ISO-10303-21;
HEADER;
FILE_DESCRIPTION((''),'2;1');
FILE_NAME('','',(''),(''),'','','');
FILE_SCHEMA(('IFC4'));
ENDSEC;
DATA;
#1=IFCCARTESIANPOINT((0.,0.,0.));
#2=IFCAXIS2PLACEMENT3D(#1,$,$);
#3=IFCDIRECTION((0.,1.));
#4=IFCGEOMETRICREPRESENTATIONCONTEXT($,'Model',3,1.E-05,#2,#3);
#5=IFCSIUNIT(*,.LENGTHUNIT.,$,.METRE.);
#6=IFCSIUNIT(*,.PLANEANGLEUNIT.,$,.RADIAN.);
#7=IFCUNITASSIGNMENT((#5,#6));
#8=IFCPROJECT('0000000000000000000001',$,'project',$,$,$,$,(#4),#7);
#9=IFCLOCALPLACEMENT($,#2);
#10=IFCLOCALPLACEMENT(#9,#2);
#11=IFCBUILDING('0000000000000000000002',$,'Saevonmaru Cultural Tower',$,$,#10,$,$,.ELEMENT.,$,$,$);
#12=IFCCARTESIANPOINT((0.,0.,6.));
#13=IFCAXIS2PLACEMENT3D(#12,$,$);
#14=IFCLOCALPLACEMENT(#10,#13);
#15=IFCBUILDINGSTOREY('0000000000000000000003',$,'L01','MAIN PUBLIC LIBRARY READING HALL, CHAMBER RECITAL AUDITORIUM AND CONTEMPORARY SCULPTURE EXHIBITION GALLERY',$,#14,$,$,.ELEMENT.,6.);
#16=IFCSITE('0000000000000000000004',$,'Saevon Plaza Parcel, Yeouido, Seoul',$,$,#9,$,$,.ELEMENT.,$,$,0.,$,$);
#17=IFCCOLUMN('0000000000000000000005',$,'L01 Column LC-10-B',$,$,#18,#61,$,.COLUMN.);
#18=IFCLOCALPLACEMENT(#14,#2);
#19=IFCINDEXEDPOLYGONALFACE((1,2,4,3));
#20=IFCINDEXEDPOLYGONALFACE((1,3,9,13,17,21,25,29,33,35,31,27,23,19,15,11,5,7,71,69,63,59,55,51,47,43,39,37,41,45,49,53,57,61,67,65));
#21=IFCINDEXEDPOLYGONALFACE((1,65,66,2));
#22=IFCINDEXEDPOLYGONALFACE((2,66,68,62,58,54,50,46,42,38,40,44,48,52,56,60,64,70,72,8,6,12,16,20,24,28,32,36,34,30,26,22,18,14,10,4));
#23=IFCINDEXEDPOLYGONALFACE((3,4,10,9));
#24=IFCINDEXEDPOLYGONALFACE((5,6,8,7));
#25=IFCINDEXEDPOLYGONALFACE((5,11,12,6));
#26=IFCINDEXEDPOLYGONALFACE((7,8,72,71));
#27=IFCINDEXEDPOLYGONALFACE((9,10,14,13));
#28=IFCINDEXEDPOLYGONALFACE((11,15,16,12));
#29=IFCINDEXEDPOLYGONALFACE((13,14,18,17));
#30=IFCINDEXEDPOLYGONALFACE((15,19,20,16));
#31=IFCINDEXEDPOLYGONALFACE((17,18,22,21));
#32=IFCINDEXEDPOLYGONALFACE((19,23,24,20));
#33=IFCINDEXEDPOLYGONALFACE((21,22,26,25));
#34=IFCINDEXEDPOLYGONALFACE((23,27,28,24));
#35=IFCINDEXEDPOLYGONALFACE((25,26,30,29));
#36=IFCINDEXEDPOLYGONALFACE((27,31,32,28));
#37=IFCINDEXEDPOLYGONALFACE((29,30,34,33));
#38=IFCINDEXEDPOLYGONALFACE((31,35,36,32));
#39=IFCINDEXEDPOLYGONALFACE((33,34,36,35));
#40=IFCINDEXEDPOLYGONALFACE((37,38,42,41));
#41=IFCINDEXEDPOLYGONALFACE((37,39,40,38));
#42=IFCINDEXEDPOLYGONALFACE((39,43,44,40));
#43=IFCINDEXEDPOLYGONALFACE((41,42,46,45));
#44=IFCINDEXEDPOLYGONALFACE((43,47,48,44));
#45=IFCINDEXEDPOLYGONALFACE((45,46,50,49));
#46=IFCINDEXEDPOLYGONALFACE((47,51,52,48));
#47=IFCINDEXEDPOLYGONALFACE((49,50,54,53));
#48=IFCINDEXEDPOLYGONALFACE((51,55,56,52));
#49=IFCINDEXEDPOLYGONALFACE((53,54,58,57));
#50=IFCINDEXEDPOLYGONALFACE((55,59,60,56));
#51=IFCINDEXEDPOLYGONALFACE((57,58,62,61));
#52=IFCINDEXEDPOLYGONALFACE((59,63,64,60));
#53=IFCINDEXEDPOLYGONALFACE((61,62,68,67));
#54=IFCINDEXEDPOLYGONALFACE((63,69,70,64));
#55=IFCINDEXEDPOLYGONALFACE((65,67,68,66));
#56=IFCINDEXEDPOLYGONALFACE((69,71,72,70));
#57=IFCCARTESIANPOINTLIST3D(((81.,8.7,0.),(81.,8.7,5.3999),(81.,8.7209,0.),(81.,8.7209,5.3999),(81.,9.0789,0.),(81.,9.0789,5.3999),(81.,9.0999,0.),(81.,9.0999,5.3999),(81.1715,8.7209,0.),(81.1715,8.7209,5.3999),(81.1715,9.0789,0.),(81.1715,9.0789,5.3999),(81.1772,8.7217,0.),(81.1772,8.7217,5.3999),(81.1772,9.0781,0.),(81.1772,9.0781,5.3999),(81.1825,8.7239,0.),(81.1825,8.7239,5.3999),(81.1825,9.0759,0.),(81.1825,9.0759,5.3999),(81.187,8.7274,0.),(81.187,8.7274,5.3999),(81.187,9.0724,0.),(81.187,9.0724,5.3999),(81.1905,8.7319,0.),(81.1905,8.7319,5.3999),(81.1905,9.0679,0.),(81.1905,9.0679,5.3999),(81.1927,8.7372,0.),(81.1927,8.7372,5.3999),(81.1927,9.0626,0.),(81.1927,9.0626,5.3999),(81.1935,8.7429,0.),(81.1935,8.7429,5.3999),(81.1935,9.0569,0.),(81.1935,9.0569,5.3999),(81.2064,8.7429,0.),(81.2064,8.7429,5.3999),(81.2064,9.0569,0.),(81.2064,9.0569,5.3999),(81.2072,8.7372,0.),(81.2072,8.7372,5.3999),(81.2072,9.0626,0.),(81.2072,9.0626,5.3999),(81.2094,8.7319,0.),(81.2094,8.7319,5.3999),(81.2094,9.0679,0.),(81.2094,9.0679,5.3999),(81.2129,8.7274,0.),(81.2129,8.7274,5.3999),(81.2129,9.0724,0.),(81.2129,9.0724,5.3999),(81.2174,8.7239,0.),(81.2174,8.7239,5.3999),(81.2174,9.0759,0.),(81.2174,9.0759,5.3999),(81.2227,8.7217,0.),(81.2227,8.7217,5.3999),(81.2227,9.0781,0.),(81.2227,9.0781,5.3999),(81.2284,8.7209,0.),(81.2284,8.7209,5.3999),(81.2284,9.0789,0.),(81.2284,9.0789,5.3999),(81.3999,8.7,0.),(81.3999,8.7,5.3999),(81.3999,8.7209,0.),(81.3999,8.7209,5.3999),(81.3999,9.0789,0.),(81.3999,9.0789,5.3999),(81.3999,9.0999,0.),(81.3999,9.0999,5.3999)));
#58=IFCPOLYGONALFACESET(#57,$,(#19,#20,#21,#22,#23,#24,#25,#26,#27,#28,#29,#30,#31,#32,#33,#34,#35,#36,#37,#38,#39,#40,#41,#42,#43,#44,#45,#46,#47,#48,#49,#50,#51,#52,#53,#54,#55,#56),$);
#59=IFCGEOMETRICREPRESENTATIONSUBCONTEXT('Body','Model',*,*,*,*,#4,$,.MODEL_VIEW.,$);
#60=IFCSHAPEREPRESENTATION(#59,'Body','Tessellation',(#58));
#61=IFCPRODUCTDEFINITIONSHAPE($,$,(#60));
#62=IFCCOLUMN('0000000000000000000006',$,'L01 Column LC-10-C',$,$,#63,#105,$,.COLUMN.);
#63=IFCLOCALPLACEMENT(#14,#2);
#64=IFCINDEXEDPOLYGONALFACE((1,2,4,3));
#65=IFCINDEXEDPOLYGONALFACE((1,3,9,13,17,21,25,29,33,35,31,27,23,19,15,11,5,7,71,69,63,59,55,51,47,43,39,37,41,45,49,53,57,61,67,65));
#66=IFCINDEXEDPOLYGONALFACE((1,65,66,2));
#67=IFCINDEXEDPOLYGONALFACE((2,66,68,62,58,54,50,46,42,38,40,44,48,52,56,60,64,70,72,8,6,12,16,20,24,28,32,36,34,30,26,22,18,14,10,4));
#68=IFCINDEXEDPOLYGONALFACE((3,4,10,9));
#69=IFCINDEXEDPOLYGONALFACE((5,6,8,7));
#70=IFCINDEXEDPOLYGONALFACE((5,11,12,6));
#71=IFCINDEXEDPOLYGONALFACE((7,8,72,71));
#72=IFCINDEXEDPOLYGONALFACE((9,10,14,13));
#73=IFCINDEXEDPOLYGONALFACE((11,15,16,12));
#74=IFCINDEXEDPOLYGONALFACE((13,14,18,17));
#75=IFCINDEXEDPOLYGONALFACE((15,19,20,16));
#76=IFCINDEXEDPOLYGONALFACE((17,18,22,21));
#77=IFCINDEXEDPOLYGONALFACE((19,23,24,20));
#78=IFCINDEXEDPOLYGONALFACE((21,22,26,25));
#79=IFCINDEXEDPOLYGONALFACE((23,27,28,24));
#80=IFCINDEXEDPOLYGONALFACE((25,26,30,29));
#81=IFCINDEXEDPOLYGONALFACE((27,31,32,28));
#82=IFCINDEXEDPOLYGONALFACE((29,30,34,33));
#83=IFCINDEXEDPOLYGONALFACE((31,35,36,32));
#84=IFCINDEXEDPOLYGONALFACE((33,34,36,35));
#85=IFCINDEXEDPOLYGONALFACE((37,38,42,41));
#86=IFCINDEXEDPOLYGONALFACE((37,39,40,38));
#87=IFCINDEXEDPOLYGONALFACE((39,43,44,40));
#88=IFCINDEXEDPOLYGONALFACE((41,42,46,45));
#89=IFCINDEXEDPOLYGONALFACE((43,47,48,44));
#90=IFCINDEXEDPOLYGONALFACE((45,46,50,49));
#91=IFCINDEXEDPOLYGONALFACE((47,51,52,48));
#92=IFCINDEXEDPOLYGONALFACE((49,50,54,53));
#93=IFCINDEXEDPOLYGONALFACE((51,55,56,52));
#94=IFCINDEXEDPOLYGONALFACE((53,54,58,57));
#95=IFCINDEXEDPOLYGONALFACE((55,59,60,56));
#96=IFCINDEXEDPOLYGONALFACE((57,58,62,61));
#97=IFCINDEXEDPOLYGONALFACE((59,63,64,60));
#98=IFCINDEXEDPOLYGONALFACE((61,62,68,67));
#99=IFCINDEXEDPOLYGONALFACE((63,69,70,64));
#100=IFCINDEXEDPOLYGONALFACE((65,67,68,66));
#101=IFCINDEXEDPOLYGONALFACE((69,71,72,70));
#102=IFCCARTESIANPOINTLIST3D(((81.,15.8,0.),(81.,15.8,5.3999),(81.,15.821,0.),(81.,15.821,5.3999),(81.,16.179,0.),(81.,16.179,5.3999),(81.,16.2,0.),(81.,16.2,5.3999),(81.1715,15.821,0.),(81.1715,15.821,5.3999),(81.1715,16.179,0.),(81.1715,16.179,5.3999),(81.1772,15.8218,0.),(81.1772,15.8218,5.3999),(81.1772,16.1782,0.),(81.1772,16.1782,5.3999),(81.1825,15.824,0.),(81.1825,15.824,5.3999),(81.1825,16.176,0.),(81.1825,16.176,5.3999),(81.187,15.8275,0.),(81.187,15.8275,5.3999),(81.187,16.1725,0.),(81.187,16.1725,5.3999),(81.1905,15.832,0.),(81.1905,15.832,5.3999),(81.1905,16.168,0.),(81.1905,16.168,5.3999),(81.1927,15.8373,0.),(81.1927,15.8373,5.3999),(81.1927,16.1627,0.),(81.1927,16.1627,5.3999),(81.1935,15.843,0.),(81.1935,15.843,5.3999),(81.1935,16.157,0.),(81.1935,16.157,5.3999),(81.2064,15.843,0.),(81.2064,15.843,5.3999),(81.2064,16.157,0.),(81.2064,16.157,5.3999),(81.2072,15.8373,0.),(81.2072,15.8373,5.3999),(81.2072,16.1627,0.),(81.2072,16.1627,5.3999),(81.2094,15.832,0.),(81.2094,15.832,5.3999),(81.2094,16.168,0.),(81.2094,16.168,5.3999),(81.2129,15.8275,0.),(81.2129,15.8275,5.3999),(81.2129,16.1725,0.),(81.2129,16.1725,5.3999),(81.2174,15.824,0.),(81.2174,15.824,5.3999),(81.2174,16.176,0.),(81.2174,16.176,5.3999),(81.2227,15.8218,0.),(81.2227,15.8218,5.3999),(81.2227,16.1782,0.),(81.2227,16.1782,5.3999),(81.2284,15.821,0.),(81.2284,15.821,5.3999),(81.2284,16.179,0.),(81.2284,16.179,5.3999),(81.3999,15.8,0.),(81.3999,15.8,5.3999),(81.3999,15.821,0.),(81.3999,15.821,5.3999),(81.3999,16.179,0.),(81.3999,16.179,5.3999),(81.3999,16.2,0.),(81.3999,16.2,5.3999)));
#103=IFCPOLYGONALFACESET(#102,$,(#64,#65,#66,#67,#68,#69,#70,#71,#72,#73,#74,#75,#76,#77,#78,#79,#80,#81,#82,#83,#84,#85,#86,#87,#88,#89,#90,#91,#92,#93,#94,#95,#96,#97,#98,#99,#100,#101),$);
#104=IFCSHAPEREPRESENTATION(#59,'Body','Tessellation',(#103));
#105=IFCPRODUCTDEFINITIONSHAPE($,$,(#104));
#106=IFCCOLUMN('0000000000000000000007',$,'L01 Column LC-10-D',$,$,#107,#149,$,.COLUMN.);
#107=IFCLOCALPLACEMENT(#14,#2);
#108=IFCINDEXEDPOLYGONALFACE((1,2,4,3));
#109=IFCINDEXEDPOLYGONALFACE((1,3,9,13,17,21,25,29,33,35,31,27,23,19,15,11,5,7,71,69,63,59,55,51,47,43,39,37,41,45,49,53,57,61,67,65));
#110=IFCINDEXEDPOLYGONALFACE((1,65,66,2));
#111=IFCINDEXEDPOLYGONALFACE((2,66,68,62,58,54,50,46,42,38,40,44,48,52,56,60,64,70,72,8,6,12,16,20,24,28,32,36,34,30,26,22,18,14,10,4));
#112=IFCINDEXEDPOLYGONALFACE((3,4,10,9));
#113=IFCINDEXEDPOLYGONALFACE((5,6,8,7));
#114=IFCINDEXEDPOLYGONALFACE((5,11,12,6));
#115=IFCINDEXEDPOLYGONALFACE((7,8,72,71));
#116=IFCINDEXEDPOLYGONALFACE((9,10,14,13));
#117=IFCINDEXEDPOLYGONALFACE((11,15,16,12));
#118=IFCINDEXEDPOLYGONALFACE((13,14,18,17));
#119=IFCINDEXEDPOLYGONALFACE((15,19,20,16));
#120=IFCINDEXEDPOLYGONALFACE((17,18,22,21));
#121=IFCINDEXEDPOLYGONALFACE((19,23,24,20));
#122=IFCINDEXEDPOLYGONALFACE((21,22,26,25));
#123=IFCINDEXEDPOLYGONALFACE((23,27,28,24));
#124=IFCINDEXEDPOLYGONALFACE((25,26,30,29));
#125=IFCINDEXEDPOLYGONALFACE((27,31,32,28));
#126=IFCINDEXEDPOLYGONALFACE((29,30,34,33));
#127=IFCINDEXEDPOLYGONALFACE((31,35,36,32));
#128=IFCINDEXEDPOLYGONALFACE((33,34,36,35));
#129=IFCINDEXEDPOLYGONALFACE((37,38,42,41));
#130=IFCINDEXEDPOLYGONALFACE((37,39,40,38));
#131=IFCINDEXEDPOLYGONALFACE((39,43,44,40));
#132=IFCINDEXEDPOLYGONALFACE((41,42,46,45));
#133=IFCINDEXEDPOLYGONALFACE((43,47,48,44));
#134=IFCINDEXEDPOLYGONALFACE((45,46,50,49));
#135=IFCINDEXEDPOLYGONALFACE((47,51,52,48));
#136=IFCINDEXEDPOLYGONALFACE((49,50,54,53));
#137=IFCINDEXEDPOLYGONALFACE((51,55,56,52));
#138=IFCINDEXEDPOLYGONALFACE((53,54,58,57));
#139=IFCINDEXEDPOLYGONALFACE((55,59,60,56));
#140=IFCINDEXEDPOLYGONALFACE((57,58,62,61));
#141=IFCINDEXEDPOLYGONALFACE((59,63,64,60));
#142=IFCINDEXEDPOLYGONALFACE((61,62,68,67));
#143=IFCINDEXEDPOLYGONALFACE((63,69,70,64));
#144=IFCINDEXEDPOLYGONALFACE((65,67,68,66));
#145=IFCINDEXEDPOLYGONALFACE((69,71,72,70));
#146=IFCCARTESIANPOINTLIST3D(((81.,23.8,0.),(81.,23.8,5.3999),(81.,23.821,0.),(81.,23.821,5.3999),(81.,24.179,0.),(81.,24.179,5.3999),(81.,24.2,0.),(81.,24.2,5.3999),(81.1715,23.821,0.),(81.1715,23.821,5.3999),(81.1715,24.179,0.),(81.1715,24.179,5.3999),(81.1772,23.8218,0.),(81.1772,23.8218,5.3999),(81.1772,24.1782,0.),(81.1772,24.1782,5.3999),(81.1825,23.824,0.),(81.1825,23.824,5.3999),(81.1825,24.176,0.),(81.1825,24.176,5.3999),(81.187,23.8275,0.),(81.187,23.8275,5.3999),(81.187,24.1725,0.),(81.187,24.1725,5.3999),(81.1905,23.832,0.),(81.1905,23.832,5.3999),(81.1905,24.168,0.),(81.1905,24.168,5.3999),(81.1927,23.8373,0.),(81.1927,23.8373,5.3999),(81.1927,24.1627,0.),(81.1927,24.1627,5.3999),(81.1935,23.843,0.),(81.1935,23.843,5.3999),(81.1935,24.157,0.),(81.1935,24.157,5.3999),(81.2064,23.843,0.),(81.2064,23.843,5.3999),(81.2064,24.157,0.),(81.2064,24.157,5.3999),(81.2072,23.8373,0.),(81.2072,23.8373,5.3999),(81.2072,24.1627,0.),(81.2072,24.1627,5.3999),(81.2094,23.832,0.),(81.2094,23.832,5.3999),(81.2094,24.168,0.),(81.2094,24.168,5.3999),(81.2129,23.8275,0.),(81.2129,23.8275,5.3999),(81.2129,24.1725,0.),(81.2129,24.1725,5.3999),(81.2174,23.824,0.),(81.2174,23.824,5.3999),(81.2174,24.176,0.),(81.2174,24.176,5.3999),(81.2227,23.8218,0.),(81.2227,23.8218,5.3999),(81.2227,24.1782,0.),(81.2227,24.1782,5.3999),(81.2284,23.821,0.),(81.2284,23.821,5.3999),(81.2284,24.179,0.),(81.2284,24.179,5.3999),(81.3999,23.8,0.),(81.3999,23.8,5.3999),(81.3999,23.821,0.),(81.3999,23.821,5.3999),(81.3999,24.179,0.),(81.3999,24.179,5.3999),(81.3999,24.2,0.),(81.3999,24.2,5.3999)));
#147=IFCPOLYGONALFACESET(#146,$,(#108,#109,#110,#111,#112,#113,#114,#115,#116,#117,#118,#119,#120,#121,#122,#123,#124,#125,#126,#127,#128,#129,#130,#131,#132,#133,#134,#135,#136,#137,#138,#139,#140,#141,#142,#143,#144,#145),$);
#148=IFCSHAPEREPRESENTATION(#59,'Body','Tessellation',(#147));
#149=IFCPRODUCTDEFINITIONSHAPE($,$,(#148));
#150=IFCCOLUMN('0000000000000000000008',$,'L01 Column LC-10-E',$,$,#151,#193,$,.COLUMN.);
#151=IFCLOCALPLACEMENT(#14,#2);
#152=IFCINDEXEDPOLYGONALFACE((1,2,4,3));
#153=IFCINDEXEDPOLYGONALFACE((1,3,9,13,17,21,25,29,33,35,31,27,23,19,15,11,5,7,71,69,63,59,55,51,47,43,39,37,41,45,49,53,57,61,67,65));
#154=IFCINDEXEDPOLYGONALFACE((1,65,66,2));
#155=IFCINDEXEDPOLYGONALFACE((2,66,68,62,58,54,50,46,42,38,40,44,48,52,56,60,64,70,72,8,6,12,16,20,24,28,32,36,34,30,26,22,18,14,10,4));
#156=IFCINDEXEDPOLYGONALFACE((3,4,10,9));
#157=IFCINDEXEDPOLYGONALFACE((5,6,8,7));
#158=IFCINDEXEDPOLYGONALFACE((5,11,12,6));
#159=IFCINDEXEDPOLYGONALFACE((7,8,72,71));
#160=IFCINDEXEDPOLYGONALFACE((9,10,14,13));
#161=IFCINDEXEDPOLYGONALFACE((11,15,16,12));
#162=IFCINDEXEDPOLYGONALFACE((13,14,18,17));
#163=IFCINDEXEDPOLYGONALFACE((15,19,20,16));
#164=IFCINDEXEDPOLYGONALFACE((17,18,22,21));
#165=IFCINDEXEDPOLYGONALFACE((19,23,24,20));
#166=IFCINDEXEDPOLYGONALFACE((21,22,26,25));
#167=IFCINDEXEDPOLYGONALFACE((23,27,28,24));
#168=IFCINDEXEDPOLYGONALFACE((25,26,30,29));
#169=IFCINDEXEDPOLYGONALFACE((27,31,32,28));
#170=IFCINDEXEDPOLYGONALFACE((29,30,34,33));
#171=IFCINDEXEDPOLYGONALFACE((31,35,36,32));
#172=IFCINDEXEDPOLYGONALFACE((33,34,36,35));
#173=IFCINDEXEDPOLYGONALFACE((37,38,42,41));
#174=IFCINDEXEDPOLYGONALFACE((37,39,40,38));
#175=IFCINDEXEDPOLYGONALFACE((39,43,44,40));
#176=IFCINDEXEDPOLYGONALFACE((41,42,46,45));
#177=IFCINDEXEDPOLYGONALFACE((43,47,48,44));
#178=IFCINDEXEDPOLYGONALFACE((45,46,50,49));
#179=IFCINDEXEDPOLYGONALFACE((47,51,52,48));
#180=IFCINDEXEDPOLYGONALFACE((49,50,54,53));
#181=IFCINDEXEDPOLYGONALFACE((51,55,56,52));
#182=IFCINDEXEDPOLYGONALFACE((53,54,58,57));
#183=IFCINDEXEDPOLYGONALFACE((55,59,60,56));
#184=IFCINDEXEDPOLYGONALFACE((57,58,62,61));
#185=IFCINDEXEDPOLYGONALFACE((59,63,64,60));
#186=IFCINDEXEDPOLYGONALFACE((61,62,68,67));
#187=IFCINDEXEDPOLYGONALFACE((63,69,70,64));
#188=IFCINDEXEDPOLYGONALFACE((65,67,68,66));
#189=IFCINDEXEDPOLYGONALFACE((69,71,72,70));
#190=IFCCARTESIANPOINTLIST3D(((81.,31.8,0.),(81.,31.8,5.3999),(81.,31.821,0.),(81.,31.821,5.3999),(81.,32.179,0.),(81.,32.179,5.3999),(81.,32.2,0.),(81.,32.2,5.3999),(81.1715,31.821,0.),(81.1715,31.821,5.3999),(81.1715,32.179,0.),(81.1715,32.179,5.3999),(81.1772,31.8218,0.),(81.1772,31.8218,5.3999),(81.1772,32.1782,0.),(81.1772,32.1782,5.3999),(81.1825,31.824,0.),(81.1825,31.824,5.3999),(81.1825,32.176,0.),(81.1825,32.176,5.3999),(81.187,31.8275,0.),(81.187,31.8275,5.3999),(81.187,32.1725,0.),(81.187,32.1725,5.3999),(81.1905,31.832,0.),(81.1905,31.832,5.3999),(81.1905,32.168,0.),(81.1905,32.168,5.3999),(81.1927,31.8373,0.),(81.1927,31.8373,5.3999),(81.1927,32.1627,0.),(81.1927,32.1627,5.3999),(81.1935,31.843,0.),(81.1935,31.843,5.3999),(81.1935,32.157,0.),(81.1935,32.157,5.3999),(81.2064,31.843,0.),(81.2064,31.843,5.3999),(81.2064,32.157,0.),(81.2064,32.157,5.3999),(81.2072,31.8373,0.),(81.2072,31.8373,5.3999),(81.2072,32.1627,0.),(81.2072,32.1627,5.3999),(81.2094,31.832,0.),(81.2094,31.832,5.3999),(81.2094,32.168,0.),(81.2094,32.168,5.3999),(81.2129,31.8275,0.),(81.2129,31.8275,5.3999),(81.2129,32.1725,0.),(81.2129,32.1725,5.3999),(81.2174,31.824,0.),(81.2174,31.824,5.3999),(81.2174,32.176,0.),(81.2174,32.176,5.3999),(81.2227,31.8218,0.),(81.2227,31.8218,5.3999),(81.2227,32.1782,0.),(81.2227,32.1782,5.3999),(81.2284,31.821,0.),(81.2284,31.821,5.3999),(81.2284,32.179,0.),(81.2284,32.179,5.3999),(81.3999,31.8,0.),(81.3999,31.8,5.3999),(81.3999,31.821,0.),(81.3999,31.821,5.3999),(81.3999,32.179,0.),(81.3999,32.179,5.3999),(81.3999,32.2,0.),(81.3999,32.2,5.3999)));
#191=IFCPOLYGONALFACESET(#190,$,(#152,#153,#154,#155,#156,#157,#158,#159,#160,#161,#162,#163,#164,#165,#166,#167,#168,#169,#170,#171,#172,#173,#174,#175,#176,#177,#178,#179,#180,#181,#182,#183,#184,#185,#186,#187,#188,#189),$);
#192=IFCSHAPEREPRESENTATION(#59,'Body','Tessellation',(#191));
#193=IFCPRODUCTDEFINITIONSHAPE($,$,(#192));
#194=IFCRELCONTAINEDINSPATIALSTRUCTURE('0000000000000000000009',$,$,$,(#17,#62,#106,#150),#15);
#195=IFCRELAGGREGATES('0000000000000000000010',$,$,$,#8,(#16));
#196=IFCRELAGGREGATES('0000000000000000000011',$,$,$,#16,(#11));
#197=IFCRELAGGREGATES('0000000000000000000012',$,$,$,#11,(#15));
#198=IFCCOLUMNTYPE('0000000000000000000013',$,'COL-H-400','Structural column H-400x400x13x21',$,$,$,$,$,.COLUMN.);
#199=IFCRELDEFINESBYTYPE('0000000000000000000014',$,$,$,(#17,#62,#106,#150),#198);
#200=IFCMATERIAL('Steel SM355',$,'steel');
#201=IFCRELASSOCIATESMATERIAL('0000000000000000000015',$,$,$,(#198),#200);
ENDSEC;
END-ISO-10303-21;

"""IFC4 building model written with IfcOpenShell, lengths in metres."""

from ifc_helpers import new_model, si_unit, direction, frame, origin, origin_2d, place, context, subcontext, project, spatial, i_section, extrude, material, material_profile, profile_set, type_object, element, save


model = new_model("IFC4")

# Units and contexts
model_context = context("Model", 3, precision=1e-05, world=origin(), true_north=direction((0.0, 1.0)))
body_context = subcontext(model_context, "Body", "Model", "MODEL_VIEW")
ifc_project = project(units=[si_unit("LENGTHUNIT", "METRE"), si_unit("PLANEANGLEUNIT", "RADIAN")], contexts=[model_context])

# Site, building, storey
site_placement = place(None, origin())
site = spatial("IfcSite", under=ifc_project, at=site_placement, Name="Saevon Plaza Parcel, Yeouido, Seoul", CompositionType="ELEMENT", RefElevation=0.0)
building_placement = place(site_placement, origin())
building = spatial("IfcBuilding", under=site, at=building_placement, Name="Saevonmaru Cultural Tower", CompositionType="ELEMENT")
storey_placement = place(building_placement, frame((0.0, 0.0, 6.0)))
storey = spatial("IfcBuildingStorey", under=building, at=storey_placement, Name="L01", Description="MAIN PUBLIC LIBRARY READING HALL, CHAMBER RECITAL AUDITORIUM AND CONTEMPORARY SCULPTURE EXHIBITION GALLERY", CompositionType="ELEMENT", Elevation=6.0)

# Columns
ifc_material_1 = material(Name="Steel SM355", Category="steel")
ifc_material_profile_1 = material_profile(ifc_material_1, i_section(OverallWidth=0.3999, OverallDepth=0.3999, WebThickness=0.0129, FlangeThickness=0.021, FilletRadius=0.022, at=origin_2d()), Name="H-400x400x13x21")
ifc_profile_set_1 = profile_set([ifc_material_profile_1], Name="Steel SM355")
column_type_1 = type_object("IfcColumnType", Name="COL-H-400", Description="Structural column H-400x400x13x21", PredefinedType="COLUMN", material=ifc_profile_set_1)
for number, where, z_axis, x_axis, name in (
    (1, (81.2, 8.8999, 0.0), (0.0, 0.0, 1.0), (1.0, 0.0, 0.0), "L01 Column LC-10-B"),
    (2, (81.2, 16.0, 0.0), (0.0, 0.0, 1.0), (1.0, 0.0, 0.0), "L01 Column LC-10-C"),
    (3, (81.2, 24.0, 0.0), (0.0, 0.0, 1.0), (1.0, 0.0, 0.0), "L01 Column LC-10-D"),
    (4, (81.2, 32.0, 0.0), (0.0, 0.0, 1.0), (1.0, 0.0, 0.0), "L01 Column LC-10-E"),
):
    element("IfcColumn", number, at=place(storey_placement, frame(where, z_axis=z_axis, x_axis=x_axis)), inside=storey, type_object=column_type_1, Name=name, PredefinedType="COLUMN", context=body_context, shape_type="SweptSolid", body=[
        extrude(i_section(OverallWidth=0.3999, OverallDepth=0.3999, WebThickness=0.0129, FlangeThickness=0.021, FilletRadius=0.022, at=origin_2d()), origin(), (0.0, 0.0, 1.0), 5.3999),
    ])

save(model, "model.ifc")
